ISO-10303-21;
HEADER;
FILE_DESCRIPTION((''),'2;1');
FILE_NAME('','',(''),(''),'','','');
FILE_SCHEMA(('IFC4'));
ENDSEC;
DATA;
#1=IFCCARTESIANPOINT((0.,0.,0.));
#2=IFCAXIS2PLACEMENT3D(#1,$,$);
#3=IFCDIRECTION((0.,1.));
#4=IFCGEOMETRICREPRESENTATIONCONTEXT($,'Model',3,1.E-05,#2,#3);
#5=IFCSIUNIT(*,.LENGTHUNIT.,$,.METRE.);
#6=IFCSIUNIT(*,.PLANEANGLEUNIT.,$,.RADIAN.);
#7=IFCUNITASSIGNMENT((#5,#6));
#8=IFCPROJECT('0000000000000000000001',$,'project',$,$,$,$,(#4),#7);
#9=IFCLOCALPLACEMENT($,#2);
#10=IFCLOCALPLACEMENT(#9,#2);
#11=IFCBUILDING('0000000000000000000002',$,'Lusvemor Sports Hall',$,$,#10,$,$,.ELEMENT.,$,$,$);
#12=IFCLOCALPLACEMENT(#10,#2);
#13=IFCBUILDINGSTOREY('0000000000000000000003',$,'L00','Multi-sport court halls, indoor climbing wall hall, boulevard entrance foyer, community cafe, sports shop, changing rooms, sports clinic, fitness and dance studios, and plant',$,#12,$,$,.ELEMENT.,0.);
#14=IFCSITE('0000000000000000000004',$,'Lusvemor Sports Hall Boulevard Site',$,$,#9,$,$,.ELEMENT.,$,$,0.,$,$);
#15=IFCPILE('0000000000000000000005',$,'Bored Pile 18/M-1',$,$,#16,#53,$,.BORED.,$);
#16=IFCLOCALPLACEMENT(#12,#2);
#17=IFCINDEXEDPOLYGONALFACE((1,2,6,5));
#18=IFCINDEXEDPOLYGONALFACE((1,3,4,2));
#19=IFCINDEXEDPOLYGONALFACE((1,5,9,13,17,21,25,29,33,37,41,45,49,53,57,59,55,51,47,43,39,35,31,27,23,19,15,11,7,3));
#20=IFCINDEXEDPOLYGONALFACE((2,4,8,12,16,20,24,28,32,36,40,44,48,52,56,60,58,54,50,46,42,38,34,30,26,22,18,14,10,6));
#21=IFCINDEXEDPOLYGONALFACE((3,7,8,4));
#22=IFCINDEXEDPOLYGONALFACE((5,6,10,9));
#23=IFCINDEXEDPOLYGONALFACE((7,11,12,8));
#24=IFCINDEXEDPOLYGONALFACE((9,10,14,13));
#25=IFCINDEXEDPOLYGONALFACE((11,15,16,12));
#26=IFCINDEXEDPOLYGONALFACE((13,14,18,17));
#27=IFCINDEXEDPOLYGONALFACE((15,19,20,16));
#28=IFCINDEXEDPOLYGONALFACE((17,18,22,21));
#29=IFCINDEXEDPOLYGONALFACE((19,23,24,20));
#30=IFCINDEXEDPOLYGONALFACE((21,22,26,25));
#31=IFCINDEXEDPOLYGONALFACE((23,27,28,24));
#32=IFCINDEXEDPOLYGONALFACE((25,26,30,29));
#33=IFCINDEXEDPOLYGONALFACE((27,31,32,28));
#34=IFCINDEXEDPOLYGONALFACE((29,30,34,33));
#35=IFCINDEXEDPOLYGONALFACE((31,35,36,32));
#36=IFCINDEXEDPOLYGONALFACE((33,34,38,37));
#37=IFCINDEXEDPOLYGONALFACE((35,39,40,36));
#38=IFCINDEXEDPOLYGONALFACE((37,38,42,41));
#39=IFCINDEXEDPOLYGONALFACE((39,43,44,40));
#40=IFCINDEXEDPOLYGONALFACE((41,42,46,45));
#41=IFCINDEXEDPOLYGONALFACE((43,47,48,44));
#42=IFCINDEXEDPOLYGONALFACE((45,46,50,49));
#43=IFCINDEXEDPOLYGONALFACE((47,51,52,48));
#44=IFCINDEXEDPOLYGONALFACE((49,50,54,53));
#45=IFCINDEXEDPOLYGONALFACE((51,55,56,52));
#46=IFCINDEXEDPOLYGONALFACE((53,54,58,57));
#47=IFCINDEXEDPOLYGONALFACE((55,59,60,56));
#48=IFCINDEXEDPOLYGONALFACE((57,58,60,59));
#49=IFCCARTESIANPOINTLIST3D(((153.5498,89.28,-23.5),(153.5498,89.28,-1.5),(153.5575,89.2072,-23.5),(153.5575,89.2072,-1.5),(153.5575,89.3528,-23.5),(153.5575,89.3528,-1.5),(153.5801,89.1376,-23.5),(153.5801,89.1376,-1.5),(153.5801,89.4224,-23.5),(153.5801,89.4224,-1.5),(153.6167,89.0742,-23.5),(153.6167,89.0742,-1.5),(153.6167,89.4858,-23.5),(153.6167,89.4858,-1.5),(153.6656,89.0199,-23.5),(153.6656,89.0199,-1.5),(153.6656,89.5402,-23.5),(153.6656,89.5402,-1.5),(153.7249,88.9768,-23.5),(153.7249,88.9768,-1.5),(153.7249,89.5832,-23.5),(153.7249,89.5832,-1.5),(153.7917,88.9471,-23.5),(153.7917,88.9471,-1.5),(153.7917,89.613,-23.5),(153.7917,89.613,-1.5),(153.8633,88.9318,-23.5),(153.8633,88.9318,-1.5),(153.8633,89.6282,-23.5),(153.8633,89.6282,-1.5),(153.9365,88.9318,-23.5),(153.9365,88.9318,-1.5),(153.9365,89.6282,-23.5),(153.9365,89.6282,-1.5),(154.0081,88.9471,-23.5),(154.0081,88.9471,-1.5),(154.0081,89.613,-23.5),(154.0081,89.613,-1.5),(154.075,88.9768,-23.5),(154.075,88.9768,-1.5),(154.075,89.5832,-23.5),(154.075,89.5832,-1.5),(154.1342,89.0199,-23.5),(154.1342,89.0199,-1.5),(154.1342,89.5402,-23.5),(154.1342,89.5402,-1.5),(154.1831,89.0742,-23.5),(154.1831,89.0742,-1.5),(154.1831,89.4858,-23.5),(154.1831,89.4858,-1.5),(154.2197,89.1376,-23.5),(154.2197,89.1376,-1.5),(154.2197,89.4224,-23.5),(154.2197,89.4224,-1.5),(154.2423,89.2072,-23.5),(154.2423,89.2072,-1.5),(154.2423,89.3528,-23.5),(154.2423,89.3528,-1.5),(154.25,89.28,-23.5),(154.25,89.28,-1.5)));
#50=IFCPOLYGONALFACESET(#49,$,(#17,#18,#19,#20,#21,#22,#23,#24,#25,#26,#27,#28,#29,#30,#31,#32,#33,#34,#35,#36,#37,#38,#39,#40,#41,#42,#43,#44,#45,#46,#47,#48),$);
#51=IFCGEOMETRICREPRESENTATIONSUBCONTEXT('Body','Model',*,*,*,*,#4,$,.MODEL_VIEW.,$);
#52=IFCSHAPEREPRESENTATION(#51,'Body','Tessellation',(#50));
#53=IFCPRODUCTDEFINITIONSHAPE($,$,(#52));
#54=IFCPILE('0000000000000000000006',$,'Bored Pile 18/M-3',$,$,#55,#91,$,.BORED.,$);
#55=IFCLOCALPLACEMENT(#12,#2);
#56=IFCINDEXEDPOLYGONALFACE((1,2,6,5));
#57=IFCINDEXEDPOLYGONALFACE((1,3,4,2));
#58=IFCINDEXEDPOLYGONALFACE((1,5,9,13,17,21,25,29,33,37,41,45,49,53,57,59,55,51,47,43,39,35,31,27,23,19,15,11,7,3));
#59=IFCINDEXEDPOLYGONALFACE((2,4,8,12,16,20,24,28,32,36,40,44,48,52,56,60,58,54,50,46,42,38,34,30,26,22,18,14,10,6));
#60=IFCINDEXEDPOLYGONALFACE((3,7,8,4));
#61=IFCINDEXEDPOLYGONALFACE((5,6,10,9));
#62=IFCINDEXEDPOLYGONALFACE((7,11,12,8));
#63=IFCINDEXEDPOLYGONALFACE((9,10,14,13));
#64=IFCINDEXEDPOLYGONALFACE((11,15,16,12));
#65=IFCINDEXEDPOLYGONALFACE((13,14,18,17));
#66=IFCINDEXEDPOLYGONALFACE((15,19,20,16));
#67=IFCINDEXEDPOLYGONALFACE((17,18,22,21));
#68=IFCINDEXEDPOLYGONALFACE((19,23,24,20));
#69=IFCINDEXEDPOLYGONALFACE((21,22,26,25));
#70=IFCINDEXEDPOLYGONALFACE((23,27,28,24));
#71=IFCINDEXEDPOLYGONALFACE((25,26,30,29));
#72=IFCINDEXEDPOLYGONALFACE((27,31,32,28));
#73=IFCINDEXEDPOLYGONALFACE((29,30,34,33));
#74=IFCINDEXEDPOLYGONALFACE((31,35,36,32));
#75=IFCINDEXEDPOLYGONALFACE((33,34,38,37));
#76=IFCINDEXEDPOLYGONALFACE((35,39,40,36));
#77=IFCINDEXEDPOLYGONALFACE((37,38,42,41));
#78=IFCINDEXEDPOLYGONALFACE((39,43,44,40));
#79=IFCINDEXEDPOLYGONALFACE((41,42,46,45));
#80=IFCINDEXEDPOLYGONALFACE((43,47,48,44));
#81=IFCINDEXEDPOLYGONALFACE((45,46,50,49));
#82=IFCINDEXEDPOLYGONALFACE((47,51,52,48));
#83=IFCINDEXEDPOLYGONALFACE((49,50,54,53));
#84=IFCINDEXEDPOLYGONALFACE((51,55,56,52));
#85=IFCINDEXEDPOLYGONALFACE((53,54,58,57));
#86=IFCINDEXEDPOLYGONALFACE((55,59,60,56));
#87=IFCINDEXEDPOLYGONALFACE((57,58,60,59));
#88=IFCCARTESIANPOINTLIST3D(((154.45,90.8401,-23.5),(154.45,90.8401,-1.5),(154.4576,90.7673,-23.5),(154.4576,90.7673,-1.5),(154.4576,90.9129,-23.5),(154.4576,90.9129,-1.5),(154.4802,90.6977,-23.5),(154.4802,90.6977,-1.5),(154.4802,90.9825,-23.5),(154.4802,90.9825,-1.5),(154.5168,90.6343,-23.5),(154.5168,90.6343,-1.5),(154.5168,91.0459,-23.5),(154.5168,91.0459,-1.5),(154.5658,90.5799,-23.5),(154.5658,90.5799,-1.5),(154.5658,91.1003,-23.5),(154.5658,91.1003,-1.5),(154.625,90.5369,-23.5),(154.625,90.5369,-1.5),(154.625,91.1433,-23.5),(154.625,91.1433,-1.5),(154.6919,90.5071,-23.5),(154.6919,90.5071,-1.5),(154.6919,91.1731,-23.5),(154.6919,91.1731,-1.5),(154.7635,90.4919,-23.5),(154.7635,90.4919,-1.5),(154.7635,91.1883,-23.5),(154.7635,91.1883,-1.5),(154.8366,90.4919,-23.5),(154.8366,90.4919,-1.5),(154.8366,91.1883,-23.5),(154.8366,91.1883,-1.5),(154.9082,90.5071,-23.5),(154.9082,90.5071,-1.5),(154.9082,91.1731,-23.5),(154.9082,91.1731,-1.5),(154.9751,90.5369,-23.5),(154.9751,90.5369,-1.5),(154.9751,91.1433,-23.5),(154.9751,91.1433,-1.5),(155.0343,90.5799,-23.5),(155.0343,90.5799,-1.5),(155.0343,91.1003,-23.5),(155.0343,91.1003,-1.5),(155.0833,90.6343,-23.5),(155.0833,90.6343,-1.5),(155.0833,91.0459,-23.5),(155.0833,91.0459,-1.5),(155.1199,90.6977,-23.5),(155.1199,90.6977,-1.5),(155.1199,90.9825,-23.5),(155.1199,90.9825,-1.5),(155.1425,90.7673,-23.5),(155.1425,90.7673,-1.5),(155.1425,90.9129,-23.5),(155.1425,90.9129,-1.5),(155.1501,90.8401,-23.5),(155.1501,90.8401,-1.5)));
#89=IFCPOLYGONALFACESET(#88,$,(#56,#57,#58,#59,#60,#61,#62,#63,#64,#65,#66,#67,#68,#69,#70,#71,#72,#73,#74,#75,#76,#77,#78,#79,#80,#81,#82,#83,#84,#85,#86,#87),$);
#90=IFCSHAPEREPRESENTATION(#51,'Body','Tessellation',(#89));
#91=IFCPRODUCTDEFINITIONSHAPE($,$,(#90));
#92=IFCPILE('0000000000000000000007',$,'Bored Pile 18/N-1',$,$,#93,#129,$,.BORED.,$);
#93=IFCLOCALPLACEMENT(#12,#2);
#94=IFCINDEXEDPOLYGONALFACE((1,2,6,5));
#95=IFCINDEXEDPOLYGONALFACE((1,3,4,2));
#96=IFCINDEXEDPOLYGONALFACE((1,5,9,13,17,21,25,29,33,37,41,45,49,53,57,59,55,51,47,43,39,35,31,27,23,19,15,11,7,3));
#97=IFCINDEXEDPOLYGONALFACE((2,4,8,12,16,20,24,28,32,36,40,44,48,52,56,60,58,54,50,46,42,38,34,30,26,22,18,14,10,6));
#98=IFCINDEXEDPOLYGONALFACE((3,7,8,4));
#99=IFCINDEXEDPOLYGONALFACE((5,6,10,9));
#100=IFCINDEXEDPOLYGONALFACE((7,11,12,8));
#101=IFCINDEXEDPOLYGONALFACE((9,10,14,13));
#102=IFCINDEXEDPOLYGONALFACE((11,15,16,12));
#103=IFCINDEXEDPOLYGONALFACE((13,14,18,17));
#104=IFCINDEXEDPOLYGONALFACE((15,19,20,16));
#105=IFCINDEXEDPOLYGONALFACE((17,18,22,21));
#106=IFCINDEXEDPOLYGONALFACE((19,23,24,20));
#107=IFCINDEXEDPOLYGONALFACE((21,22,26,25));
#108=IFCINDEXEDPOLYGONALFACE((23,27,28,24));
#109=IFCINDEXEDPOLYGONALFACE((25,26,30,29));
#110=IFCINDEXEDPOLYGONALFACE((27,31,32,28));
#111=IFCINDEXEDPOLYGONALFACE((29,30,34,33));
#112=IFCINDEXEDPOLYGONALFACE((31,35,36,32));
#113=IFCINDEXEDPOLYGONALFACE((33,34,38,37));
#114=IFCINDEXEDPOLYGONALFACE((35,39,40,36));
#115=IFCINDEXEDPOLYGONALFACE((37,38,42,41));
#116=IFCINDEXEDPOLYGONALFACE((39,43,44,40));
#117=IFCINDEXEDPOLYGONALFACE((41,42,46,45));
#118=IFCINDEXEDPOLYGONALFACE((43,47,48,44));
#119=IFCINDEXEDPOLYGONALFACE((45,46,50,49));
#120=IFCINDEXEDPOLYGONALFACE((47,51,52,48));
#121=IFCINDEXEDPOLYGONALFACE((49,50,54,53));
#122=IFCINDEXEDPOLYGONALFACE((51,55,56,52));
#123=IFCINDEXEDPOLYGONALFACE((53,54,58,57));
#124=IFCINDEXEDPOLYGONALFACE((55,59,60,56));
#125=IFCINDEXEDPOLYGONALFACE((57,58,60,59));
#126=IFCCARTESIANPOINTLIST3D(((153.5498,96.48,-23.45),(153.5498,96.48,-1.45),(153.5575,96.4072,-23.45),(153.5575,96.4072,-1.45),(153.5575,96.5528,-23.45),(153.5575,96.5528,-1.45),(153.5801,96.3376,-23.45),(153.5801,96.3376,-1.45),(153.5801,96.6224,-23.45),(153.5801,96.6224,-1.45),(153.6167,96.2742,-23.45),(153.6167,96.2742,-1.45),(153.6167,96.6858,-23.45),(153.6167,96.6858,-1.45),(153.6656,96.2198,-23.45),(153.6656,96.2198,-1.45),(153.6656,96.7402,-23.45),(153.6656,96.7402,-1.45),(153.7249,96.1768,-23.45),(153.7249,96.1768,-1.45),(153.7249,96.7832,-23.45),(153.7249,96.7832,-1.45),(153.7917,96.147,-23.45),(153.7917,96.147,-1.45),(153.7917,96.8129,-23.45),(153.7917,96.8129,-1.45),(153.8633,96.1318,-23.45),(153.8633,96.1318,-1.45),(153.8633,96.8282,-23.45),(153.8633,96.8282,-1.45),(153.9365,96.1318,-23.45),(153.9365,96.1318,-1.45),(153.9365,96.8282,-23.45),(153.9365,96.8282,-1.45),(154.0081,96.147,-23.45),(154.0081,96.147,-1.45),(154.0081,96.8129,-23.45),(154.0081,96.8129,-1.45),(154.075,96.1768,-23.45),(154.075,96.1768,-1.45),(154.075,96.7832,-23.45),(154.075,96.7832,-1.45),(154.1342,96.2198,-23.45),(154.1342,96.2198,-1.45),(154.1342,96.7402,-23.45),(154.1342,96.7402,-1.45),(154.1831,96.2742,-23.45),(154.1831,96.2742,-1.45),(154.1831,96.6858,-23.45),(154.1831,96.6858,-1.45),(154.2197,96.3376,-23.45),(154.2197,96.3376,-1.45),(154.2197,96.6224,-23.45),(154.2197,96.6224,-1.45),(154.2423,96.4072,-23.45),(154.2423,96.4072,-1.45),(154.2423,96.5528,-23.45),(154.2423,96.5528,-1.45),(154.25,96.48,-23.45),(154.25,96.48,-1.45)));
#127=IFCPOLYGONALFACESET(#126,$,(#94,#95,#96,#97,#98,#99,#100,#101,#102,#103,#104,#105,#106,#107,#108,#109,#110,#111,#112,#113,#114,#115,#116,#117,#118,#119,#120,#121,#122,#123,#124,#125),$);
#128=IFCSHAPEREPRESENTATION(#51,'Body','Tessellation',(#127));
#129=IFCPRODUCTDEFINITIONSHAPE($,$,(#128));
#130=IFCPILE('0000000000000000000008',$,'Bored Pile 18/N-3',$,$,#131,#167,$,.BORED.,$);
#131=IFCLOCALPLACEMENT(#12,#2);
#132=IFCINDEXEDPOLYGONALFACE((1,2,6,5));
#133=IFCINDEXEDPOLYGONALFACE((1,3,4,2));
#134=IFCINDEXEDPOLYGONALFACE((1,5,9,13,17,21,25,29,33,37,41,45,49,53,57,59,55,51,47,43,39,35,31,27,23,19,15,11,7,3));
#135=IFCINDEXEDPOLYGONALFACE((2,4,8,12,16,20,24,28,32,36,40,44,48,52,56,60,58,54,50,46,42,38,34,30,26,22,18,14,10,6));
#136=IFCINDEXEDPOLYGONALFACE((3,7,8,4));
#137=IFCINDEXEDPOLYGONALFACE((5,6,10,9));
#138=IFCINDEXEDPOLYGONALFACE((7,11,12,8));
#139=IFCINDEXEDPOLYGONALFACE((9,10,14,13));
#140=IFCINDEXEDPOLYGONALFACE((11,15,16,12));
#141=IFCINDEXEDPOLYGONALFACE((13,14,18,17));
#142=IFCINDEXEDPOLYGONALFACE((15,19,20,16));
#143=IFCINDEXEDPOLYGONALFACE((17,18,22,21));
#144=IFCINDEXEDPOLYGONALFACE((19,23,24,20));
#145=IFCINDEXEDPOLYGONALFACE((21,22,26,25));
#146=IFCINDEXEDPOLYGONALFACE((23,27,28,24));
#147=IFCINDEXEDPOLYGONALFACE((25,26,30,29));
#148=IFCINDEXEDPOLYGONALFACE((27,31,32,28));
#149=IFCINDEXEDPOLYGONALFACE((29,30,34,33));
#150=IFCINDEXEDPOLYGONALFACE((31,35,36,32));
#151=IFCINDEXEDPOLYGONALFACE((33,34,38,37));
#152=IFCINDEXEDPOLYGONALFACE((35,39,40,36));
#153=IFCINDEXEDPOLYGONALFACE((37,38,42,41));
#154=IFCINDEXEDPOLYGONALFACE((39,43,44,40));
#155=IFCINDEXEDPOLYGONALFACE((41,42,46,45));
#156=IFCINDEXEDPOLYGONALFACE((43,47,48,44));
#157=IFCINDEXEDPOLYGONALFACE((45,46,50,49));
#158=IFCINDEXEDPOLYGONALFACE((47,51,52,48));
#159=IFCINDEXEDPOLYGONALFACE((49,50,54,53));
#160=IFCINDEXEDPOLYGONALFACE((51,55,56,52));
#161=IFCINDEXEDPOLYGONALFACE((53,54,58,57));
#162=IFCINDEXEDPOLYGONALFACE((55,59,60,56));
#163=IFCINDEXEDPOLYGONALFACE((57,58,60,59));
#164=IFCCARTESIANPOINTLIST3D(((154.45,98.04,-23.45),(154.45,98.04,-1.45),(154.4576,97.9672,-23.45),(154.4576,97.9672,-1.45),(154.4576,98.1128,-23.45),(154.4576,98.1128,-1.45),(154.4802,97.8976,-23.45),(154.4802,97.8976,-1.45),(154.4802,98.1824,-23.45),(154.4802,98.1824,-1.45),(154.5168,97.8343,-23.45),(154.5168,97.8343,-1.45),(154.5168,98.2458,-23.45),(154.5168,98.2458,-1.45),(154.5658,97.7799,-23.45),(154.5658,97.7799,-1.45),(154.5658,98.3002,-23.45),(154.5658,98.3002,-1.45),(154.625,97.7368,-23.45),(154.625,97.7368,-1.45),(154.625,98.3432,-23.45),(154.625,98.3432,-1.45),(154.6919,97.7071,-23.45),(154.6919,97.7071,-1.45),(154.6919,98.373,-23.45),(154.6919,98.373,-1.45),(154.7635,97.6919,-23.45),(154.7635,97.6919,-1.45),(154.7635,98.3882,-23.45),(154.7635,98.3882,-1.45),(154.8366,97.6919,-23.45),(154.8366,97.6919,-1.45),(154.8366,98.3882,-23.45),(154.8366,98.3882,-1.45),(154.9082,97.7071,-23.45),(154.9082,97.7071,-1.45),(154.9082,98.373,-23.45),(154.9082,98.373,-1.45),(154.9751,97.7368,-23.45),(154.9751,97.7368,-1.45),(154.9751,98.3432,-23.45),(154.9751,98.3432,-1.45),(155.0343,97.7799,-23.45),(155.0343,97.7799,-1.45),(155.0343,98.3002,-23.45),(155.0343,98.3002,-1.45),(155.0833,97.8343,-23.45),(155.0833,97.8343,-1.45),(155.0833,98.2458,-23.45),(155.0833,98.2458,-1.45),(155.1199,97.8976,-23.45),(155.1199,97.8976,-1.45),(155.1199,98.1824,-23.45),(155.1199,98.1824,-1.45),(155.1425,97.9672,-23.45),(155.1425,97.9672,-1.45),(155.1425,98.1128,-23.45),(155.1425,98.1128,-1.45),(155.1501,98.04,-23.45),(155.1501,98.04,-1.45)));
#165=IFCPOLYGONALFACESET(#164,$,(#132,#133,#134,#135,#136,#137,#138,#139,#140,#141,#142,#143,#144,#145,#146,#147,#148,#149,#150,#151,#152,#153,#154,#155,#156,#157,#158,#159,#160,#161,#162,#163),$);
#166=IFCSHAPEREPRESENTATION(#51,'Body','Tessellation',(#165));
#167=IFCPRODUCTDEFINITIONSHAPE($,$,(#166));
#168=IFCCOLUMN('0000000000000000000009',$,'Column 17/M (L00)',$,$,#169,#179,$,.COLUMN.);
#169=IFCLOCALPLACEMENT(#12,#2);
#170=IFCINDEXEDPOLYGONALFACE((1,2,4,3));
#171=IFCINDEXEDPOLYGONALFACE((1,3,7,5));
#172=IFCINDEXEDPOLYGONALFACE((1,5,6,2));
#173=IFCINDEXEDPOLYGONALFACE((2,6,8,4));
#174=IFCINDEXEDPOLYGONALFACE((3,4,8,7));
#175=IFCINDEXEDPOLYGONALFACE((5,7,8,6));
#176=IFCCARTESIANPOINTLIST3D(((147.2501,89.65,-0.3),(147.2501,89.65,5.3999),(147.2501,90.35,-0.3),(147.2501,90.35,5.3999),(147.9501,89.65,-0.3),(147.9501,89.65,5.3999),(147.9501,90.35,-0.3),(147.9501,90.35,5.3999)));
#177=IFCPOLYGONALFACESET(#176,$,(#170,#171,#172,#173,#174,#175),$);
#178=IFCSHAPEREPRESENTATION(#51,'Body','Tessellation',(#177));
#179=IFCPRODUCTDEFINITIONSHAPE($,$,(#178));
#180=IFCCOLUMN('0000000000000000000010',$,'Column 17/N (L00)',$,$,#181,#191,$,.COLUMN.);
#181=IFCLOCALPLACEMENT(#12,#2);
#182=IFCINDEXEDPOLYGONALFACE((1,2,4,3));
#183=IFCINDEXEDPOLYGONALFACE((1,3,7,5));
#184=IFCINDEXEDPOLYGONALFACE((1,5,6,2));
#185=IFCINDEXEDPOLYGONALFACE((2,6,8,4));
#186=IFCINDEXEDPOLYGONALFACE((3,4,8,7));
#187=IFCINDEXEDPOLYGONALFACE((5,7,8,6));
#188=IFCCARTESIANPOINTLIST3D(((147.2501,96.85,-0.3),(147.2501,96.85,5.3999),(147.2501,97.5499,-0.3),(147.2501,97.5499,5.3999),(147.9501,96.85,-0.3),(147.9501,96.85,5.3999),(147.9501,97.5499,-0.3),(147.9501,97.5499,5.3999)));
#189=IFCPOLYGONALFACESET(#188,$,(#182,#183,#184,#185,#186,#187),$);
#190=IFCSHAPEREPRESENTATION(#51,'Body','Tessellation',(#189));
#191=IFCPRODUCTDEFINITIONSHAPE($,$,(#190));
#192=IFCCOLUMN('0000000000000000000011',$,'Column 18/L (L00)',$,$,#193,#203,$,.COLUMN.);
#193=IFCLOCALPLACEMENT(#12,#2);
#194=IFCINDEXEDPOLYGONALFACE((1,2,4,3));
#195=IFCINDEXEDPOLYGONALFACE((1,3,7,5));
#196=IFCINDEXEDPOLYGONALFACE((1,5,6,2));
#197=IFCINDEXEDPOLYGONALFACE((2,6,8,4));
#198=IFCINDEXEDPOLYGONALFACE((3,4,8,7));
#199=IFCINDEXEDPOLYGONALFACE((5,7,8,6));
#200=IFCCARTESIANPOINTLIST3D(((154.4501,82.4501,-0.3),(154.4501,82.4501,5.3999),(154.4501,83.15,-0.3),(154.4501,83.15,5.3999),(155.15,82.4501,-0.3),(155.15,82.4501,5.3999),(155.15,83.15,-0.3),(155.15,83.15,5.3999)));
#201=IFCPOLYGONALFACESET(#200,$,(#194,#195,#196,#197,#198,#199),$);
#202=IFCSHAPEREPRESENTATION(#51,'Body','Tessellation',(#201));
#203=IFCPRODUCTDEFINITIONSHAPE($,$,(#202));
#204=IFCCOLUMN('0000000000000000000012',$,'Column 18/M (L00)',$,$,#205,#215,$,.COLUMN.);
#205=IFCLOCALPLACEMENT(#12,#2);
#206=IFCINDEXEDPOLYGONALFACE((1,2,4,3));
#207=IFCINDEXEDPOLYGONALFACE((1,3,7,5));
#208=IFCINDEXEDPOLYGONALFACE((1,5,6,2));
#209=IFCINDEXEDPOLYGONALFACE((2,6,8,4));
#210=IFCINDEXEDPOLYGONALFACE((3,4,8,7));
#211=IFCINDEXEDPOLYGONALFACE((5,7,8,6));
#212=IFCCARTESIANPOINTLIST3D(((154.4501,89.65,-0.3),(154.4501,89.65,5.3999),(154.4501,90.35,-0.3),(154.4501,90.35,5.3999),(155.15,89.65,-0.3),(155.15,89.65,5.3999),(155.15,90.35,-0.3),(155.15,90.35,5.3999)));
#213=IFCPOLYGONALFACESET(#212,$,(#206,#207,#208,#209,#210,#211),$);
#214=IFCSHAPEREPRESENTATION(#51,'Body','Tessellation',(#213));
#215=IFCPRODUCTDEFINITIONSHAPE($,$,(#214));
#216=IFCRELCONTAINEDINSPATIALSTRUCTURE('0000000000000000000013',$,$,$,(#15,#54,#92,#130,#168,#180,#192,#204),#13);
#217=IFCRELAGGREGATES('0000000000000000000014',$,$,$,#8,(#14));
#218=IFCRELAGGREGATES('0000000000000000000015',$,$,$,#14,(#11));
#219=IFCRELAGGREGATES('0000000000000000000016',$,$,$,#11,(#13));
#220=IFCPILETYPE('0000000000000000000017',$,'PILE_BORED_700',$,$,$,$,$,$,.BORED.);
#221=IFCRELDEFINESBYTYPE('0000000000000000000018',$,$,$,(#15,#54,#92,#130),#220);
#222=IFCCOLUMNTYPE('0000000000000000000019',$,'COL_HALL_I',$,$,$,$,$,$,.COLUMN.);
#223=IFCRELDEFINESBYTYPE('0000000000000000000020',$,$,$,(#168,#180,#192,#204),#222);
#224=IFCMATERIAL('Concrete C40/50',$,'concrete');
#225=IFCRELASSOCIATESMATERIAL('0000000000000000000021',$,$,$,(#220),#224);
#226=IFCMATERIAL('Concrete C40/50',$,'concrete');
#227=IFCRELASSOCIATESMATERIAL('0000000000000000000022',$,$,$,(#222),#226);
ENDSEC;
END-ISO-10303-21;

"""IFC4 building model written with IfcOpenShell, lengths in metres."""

from ifc_helpers import new_model, si_unit, direction, frame, origin, origin_2d, place, context, subcontext, project, spatial, rectangle, circle, extrude, material, material_profile, profile_set, type_object, element, save


model = new_model("IFC4")

# Units and contexts
model_context = context("Model", 3, precision=1e-05, world=origin(), true_north=direction((0.0, 1.0)))
body_context = subcontext(model_context, "Body", "Model", "MODEL_VIEW")
ifc_project = project(units=[si_unit("LENGTHUNIT", "METRE"), si_unit("PLANEANGLEUNIT", "RADIAN")], contexts=[model_context])

# Site, building, storey
site_placement = place(None, origin())
site = spatial("IfcSite", under=ifc_project, at=site_placement, Name="Lusvemor Sports Hall Boulevard Site", CompositionType="ELEMENT", RefElevation=0.0)
building_placement = place(site_placement, origin())
building = spatial("IfcBuilding", under=site, at=building_placement, Name="Lusvemor Sports Hall", CompositionType="ELEMENT")
storey_placement = place(building_placement, origin())
storey = spatial("IfcBuildingStorey", under=building, at=storey_placement, Name="L00", Description="Multi-sport court halls, indoor climbing wall hall, boulevard entrance foyer, community cafe, sports shop, changing rooms, sports clinic, fitness and dance studios, and plant", CompositionType="ELEMENT", Elevation=0.0)

# Piles
ifc_material_1 = material(Name="Concrete C40/50", Category="concrete")
ifc_material_profile_1 = material_profile(ifc_material_1, circle(Radius=0.3501, at=origin_2d()), Name="PILE700")
ifc_profile_set_1 = profile_set([ifc_material_profile_1], Name="Concrete C40/50")
pile_type = type_object("IfcPileType", Name="PILE_BORED_700", PredefinedType="BORED", material=ifc_profile_set_1)
for number, where, z_axis, x_axis, name in (
    (1, (153.8999, 89.28, -1.5), (0.0, 0.0, -1.0), (1.0, 0.0, 0.0), "Bored Pile 18/M-1"),
    (2, (154.8, 90.8401, -1.5), (0.0, 0.0, -1.0), (1.0, 0.0, 0.0), "Bored Pile 18/M-3"),
    (3, (153.8999, 96.48, -1.45), (0.0, 0.0, -1.0), (1.0, 0.0, 0.0), "Bored Pile 18/N-1"),
    (4, (154.8, 98.04, -1.45), (0.0, 0.0, -1.0), (1.0, 0.0, 0.0), "Bored Pile 18/N-3"),
):
    element("IfcPile", number, at=place(storey_placement, frame(where, z_axis=z_axis, x_axis=x_axis)), inside=storey, type_object=pile_type, Name=name, PredefinedType="BORED", context=body_context, shape_type="SweptSolid", body=[
        extrude(circle(Radius=0.3501, at=origin_2d()), origin(), (0.0, 0.0, 1.0), 22.0),
    ])

# Columns
ifc_material_2 = material(Name="Concrete C40/50", Category="concrete")
ifc_material_profile_2 = material_profile(ifc_material_2, rectangle(XDim=0.7, YDim=0.7, at=origin_2d()), Name="RC700x700")
ifc_profile_set_2 = profile_set([ifc_material_profile_2], Name="Concrete C40/50")
column_type = type_object("IfcColumnType", Name="COL_HALL_I", PredefinedType="COLUMN", material=ifc_profile_set_2)
for number, where, z_axis, x_axis, name in (
    (5, (147.6001, 90.0, -0.3), (0.0, 0.0, 1.0), (1.0, 0.0, 0.0), "Column 17/M (L00)"),
    (6, (147.6001, 97.2, -0.3), (0.0, 0.0, 1.0), (1.0, 0.0, 0.0), "Column 17/N (L00)"),
    (7, (154.8, 82.8, -0.3), (0.0, 0.0, 1.0), (1.0, 0.0, 0.0), "Column 18/L (L00)"),
    (8, (154.8, 90.0, -0.3), (0.0, 0.0, 1.0), (1.0, 0.0, 0.0), "Column 18/M (L00)"),
):
    element("IfcColumn", number, at=place(storey_placement, frame(where, z_axis=z_axis, x_axis=x_axis)), inside=storey, type_object=column_type, Name=name, PredefinedType="COLUMN", context=body_context, shape_type="SweptSolid", body=[
        extrude(rectangle(XDim=0.7, YDim=0.7, at=origin_2d()), origin(), (0.0, 0.0, 1.0), 5.7),
    ])

save(model, "model.ifc")
